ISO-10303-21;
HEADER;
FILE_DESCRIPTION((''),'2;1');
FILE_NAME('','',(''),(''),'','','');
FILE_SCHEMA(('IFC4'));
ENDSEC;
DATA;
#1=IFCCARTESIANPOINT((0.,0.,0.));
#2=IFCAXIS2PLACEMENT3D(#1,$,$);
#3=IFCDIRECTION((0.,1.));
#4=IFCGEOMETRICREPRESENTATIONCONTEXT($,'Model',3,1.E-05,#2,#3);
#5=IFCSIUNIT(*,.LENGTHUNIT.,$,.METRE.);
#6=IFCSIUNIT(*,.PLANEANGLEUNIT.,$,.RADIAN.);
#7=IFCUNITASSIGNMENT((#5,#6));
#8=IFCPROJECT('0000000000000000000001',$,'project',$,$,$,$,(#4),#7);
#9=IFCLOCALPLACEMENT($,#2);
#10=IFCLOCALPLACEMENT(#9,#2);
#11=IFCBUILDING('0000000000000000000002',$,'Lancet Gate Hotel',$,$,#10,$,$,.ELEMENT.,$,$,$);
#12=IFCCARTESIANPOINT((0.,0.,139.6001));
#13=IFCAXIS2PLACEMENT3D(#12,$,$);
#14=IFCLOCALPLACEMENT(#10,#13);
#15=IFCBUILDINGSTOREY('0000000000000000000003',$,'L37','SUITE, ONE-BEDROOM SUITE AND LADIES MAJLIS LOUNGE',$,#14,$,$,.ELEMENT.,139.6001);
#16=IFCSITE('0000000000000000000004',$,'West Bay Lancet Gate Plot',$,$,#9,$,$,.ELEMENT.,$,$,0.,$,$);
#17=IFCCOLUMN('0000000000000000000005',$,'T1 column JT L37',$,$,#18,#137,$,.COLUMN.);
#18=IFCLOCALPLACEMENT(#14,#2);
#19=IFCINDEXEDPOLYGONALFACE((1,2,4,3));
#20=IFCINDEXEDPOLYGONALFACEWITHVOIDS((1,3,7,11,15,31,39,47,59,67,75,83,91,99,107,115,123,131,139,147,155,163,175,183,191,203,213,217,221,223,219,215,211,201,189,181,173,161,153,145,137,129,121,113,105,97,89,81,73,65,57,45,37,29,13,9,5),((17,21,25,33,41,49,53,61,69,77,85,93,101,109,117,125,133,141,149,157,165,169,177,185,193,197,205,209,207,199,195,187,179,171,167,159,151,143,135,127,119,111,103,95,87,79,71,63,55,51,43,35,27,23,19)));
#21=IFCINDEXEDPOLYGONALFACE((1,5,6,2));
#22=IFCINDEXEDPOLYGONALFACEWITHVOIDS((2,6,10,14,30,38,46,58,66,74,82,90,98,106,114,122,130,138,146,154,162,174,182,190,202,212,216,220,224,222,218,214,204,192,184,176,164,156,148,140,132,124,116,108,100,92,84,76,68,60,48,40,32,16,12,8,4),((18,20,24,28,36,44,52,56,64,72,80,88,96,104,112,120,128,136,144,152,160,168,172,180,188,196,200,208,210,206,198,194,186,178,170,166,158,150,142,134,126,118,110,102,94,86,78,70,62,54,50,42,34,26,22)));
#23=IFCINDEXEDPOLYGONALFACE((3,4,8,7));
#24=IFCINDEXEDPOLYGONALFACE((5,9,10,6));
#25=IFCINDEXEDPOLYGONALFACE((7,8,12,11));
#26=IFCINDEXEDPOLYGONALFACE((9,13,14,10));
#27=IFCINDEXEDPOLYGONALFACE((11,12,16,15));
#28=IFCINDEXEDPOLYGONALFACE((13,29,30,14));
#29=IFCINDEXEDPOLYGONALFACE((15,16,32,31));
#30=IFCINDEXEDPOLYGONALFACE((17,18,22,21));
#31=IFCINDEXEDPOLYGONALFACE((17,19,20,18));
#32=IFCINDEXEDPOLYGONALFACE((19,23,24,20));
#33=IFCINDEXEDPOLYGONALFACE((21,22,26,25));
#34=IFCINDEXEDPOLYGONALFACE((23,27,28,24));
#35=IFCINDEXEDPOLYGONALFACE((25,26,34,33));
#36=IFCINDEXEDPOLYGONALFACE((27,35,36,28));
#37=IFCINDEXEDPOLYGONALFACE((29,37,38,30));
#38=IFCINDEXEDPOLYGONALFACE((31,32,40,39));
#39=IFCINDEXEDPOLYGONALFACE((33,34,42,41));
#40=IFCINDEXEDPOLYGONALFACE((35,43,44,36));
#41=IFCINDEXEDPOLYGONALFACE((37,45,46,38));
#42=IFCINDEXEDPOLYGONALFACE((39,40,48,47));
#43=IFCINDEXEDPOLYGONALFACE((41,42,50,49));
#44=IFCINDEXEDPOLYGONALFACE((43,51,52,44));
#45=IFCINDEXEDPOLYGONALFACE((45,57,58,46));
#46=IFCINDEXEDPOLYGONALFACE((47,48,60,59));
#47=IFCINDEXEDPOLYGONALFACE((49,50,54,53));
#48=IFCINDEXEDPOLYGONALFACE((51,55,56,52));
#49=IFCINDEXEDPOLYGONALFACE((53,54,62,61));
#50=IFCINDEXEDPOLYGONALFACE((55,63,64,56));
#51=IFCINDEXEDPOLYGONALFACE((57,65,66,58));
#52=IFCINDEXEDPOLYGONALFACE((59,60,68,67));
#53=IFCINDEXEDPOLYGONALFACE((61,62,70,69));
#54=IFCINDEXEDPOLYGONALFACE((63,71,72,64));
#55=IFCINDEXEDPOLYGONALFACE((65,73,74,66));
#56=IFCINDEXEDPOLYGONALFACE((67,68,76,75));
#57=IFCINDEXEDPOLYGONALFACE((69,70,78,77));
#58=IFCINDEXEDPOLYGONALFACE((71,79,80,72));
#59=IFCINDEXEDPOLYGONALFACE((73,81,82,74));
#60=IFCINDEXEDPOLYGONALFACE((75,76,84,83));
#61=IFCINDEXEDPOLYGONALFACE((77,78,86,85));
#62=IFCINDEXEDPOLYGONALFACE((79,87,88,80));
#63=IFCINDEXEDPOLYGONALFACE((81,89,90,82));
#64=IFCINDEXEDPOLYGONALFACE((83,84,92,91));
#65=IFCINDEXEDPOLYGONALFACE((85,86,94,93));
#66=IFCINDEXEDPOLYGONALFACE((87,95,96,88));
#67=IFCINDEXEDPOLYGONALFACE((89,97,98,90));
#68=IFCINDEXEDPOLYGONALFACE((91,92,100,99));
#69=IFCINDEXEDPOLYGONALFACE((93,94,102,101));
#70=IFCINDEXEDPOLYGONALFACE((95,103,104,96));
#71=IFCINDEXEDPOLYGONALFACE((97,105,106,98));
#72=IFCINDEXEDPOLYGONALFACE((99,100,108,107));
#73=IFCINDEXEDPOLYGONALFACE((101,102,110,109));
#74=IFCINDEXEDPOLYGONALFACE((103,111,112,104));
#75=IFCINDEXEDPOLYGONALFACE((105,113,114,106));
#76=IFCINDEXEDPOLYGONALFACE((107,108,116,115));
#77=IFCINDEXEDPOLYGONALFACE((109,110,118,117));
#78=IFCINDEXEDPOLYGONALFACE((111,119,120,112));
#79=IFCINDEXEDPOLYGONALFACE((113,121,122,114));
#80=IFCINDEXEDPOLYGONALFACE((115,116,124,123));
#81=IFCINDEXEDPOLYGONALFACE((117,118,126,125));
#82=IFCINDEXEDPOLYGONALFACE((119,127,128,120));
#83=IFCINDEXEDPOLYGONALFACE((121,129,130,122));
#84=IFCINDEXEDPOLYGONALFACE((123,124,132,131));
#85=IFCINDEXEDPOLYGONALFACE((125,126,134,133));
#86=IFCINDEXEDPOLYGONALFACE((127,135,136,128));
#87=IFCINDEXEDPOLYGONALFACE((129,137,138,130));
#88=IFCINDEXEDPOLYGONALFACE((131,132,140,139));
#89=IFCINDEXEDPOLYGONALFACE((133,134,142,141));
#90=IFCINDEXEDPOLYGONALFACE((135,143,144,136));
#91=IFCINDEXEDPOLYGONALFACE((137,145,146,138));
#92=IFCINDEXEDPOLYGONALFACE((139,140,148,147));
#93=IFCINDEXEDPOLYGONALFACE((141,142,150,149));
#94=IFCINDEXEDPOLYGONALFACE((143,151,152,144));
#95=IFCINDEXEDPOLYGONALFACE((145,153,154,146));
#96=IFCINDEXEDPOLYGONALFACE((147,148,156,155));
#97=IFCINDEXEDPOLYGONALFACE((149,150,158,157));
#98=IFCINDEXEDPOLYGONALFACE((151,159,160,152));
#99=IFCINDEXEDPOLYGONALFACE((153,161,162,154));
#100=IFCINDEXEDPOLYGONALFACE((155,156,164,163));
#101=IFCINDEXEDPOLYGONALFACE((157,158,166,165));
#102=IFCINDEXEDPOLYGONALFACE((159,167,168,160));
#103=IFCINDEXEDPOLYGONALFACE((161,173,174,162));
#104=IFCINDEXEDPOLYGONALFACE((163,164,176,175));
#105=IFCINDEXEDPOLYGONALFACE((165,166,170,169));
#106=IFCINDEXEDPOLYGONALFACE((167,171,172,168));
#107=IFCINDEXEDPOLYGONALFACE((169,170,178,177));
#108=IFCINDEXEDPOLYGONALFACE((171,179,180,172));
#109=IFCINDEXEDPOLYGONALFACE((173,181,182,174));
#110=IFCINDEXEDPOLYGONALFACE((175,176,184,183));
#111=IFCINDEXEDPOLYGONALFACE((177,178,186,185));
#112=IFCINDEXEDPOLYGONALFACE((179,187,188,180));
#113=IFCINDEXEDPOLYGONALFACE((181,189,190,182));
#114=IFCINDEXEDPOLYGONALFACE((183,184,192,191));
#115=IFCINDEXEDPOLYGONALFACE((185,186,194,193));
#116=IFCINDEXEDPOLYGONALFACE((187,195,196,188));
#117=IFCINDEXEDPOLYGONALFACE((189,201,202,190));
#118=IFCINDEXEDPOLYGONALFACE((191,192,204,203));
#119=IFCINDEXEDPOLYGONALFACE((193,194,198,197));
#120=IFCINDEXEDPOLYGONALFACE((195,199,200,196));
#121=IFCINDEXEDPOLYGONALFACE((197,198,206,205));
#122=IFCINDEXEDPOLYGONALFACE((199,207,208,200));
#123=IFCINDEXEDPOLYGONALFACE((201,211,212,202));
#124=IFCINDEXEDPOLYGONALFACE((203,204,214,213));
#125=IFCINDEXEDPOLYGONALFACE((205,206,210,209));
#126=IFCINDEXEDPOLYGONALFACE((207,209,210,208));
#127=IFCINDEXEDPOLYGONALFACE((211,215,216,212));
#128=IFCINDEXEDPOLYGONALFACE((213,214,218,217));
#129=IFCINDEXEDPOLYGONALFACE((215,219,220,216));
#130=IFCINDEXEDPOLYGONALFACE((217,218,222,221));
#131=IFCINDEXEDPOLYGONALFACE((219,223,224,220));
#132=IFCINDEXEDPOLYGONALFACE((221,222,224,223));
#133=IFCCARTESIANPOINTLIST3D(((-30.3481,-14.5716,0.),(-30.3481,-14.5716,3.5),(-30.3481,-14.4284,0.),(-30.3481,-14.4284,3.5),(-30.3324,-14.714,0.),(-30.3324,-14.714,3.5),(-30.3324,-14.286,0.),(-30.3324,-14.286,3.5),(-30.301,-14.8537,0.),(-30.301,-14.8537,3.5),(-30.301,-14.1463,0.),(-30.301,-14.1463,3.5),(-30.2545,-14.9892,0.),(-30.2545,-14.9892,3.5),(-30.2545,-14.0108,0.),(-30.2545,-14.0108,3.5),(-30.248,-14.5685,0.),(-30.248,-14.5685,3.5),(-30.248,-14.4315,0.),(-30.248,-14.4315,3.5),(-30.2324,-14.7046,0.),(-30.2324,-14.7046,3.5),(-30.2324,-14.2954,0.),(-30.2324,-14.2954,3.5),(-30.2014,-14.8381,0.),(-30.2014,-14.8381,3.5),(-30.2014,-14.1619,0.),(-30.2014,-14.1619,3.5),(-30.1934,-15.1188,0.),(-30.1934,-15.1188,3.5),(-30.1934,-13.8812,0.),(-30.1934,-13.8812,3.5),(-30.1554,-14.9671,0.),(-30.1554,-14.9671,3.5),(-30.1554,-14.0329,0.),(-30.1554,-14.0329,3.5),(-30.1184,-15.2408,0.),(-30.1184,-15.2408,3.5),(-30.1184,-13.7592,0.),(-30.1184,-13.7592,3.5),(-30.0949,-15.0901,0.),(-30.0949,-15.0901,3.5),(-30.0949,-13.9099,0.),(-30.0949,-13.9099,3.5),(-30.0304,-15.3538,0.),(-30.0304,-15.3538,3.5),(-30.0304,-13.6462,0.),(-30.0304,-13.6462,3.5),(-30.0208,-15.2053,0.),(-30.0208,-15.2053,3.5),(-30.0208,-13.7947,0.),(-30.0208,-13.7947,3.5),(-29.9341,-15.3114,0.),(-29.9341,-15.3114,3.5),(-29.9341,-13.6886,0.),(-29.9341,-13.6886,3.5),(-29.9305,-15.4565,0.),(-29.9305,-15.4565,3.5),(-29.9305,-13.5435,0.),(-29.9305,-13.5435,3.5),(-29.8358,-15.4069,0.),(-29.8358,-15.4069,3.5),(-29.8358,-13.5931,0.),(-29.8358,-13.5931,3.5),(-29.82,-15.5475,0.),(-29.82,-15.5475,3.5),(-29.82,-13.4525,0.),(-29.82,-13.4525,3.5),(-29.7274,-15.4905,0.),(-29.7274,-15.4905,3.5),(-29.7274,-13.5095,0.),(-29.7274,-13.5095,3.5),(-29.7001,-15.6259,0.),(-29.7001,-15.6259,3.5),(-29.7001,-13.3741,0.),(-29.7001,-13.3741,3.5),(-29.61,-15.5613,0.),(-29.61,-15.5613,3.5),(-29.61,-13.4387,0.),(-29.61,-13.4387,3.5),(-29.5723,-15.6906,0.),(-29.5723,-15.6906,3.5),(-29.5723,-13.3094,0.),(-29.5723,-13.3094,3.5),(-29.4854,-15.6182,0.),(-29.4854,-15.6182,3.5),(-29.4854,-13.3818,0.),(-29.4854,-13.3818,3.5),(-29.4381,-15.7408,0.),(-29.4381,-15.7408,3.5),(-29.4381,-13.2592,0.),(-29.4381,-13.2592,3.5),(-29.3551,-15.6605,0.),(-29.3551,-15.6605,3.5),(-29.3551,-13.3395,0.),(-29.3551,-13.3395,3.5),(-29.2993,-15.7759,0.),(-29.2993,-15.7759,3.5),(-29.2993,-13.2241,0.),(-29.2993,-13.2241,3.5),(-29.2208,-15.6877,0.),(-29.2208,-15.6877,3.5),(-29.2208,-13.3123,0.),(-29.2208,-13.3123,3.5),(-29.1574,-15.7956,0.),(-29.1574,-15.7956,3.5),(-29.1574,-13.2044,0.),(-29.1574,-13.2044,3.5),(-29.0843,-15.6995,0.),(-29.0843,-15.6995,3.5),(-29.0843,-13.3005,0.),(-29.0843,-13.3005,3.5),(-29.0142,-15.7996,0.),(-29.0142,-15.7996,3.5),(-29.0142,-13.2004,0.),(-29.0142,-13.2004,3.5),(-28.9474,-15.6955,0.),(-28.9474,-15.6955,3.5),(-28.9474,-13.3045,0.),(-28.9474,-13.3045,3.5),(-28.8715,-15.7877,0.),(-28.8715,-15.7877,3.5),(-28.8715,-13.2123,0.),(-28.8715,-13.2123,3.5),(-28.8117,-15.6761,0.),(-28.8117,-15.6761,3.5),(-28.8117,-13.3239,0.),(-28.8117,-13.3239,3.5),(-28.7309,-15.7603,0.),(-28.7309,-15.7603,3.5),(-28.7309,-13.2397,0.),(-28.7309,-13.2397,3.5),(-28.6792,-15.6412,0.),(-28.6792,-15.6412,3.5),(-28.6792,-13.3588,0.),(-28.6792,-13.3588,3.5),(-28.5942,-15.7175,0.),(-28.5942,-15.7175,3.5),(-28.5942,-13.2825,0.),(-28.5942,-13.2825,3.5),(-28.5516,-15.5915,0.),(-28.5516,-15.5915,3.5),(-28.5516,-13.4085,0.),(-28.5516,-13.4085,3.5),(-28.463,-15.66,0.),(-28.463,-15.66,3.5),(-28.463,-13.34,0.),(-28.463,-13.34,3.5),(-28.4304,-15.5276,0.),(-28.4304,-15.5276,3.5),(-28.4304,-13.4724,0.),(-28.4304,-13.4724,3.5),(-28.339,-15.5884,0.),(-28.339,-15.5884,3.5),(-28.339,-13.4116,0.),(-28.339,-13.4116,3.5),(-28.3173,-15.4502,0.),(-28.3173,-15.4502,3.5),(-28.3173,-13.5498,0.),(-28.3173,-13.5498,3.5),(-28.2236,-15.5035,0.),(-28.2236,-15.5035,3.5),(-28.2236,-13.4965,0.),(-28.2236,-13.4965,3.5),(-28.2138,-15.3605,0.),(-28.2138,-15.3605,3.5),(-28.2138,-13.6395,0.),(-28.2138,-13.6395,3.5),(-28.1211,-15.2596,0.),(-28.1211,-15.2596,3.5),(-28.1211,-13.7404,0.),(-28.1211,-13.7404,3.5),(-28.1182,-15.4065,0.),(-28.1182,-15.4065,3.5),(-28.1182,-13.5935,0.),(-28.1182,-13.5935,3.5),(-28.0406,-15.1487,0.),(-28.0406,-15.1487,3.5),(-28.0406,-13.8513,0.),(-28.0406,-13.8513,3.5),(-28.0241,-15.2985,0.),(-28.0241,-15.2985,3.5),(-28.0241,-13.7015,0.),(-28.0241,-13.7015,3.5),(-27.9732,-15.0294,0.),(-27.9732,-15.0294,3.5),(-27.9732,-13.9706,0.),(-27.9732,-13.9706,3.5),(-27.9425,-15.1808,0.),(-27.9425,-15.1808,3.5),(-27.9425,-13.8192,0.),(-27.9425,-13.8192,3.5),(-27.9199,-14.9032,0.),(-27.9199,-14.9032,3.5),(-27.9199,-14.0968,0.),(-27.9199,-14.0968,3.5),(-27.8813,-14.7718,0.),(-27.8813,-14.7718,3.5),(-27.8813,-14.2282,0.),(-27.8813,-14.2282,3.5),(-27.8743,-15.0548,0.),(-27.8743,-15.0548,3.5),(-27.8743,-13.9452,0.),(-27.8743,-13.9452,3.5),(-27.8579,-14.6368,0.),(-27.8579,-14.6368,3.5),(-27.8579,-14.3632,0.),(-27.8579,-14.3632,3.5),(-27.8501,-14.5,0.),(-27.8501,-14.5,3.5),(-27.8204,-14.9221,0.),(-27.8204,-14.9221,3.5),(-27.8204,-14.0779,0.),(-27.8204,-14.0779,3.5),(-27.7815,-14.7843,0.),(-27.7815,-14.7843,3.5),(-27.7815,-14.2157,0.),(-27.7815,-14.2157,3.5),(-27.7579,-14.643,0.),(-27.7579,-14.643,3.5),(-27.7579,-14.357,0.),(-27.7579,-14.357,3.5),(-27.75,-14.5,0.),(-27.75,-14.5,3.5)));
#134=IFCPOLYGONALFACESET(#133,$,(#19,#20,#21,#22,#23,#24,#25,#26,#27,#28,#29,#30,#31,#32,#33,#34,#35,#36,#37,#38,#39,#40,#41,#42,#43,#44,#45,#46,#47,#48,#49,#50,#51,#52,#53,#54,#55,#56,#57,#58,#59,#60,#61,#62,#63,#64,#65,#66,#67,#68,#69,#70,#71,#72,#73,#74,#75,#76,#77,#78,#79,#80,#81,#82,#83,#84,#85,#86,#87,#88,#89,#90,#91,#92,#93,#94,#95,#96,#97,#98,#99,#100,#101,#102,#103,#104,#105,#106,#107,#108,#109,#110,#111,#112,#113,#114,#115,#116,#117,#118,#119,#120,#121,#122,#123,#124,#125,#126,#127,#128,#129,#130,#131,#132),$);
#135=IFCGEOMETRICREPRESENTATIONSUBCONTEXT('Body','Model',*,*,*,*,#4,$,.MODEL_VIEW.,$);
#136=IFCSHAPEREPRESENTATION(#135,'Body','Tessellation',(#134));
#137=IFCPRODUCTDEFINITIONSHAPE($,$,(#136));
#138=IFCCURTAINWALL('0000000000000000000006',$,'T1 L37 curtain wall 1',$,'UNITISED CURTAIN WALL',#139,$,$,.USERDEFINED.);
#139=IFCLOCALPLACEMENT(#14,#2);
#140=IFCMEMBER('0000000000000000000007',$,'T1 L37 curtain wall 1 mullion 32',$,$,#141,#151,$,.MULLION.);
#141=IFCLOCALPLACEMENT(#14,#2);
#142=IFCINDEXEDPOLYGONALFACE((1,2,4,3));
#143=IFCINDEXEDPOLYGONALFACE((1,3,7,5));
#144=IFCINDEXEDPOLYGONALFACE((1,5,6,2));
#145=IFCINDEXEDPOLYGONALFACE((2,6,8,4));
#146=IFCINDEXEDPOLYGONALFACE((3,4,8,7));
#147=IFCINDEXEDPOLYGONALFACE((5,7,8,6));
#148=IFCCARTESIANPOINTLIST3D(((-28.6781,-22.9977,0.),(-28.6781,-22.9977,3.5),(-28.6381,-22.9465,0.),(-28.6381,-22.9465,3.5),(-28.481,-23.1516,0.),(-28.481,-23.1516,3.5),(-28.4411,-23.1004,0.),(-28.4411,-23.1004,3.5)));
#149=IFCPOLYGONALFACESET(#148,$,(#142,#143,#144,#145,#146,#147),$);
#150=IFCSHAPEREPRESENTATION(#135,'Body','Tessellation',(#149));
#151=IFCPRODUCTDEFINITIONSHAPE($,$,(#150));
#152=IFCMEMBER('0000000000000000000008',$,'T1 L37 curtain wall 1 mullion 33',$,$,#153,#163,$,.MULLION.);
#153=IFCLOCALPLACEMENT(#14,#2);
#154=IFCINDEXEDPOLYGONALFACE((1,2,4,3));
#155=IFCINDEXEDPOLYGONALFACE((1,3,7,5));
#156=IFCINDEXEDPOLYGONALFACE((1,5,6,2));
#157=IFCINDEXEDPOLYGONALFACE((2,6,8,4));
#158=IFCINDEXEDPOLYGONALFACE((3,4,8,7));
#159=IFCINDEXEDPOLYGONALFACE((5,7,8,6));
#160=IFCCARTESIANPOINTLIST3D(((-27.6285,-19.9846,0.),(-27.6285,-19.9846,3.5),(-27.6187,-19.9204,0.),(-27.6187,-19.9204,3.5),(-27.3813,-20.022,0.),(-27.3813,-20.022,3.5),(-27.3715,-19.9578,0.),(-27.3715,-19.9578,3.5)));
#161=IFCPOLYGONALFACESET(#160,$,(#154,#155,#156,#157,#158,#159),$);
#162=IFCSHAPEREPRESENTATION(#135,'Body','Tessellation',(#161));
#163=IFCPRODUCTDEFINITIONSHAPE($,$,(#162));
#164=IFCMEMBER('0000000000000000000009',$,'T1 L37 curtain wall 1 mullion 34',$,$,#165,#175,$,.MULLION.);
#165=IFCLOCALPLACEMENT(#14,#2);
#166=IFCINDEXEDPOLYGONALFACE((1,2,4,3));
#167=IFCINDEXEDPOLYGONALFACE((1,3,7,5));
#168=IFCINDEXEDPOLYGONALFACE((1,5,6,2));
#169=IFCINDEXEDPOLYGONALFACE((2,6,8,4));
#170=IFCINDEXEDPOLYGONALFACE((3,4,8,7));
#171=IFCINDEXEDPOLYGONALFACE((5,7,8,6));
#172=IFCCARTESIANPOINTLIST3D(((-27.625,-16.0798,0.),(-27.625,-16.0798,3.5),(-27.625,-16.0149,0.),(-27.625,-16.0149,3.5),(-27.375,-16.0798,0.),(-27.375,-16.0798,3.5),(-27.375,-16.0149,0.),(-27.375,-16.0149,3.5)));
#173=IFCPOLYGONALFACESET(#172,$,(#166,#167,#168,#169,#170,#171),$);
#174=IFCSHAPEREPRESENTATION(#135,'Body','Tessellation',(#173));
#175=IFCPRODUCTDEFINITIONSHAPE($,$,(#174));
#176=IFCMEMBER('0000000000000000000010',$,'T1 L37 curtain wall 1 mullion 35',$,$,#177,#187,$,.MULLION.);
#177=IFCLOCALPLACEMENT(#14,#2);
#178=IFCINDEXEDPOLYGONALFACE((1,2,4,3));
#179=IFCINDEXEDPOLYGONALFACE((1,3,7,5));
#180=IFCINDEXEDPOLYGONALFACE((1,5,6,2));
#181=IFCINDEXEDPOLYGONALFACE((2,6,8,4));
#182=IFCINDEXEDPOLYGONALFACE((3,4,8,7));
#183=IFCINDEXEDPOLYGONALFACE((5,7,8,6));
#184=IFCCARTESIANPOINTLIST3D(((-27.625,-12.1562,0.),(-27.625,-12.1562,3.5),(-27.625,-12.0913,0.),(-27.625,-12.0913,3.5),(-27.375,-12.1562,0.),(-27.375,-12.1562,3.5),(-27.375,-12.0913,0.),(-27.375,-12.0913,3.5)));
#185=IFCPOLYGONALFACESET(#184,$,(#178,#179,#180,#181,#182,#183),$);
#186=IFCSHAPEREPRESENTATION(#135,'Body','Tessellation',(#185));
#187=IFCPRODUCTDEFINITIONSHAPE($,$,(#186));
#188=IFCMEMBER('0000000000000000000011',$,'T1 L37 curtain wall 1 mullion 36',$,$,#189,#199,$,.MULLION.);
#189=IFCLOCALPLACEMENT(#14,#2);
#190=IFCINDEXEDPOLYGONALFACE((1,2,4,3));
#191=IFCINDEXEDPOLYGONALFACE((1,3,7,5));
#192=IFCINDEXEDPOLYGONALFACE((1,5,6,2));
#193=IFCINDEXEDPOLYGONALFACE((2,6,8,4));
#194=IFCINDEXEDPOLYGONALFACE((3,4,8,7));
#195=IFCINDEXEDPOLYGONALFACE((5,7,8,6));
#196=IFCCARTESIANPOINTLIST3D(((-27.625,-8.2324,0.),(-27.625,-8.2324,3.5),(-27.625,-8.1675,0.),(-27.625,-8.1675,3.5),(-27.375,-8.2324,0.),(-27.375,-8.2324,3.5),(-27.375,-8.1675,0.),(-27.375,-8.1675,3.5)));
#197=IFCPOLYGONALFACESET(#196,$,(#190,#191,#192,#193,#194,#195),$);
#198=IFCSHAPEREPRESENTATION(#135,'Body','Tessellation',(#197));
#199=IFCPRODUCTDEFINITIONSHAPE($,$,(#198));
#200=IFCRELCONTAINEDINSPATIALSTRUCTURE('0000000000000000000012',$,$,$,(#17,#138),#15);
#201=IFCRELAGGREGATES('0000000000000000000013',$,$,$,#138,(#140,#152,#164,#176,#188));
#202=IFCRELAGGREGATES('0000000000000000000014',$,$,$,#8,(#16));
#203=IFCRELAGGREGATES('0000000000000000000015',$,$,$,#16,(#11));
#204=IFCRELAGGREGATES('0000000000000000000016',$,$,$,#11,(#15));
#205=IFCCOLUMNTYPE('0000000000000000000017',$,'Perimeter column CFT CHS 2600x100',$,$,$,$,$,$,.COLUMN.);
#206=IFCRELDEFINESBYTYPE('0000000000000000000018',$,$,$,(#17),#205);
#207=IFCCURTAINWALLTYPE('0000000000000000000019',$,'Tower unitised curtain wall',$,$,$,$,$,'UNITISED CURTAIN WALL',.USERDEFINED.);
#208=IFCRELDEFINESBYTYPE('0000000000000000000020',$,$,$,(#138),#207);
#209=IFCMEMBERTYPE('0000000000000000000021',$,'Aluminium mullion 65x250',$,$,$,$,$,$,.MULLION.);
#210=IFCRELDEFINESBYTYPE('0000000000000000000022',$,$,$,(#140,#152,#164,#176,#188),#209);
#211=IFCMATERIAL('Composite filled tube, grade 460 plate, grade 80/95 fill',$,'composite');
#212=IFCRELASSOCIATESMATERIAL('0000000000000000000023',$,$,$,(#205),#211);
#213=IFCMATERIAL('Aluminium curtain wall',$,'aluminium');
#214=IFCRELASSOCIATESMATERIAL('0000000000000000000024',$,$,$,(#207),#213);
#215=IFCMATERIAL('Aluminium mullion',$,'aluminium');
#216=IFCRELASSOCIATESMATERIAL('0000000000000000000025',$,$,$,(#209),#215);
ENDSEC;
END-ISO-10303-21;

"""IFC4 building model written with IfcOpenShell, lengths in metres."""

from ifc_helpers import new_model, si_unit, direction, frame, origin, origin_2d, place, context, subcontext, project, spatial, rectangle, hollow_circle, extrude, material, material_profile, profile_set, type_object, element, aggregate, save


model = new_model("IFC4")

# Units and contexts
model_context = context("Model", 3, precision=1e-05, world=origin(), true_north=direction((0.0, 1.0)))
body_context = subcontext(model_context, "Body", "Model", "MODEL_VIEW")
ifc_project = project(units=[si_unit("LENGTHUNIT", "METRE"), si_unit("PLANEANGLEUNIT", "RADIAN")], contexts=[model_context])

# Site, building, storey
site_placement = place(None, origin())
site = spatial("IfcSite", under=ifc_project, at=site_placement, Name="West Bay Lancet Gate Plot", CompositionType="ELEMENT", RefElevation=0.0)
building_placement = place(site_placement, origin())
building = spatial("IfcBuilding", under=site, at=building_placement, Name="Lancet Gate Hotel", CompositionType="ELEMENT")
storey_placement = place(building_placement, frame((0.0, 0.0, 139.6001)))
storey = spatial("IfcBuildingStorey", under=building, at=storey_placement, Name="L37", Description="SUITE, ONE-BEDROOM SUITE AND LADIES MAJLIS LOUNGE", CompositionType="ELEMENT", Elevation=139.6001)

# Column
ifc_material_1 = material(Name="Composite filled tube, grade 460 plate, grade 80/95 fill", Category="composite")
ifc_material_profile_1 = material_profile(ifc_material_1, hollow_circle(Radius=1.3, WallThickness=0.1001, at=origin_2d()), Name="CHS 2600x100")
ifc_profile_set_1 = profile_set([ifc_material_profile_1], Name="Composite filled tube, grade 460 plate, grade 80/95 fill")
column_type = type_object("IfcColumnType", Name="Perimeter column CFT CHS 2600x100", PredefinedType="COLUMN", material=ifc_profile_set_1)
for number, where, z_axis, x_axis, name in (
    (1, (-29.05, -14.5, 0.0), (0.0, 0.0, 1.0), (1.0, 0.0, 0.0), "T1 column JT L37"),
):
    element("IfcColumn", number, at=place(storey_placement, frame(where, z_axis=z_axis, x_axis=x_axis)), inside=storey, type_object=column_type, Name=name, PredefinedType="COLUMN", context=body_context, shape_type="SweptSolid", body=[
        extrude(hollow_circle(Radius=1.3, WallThickness=0.1001, at=origin_2d()), origin(), (0.0, 0.0, 1.0), 3.5),
    ])

# Curtain wall, members
ifc_material_2 = material(Name="Aluminium curtain wall", Category="aluminium")
curtain_wall_type = type_object("IfcCurtainWallType", Name="Tower unitised curtain wall", ElementType="UNITISED CURTAIN WALL", PredefinedType="USERDEFINED", material=ifc_material_2)
curtain_wall_placement = place(storey_placement, origin())
curtain_wall = element("IfcCurtainWall", 2, at=curtain_wall_placement, inside=storey, type_object=curtain_wall_type, Name="T1 L37 curtain wall 1", ObjectType="UNITISED CURTAIN WALL", PredefinedType="USERDEFINED")
ifc_material_3 = material(Name="Aluminium mullion", Category="aluminium")
ifc_material_profile_2 = material_profile(ifc_material_3, rectangle(XDim=0.0649, YDim=0.25, at=origin_2d()), Name="MULLION 65x250")
ifc_profile_set_2 = profile_set([ifc_material_profile_2], Name="Aluminium mullion")
member_type_1 = type_object("IfcMemberType", Name="Aluminium mullion 65x250", PredefinedType="MULLION", material=ifc_profile_set_2)
member_1_placement = place(storey_placement, frame((-28.5596, -23.0491, 0.0), z_axis=(0.0, 0.0, 1.0), x_axis=(0.615574, 0.788079, 0.0)))
member_1 = element("IfcMember", 3, at=member_1_placement, type_object=member_type_1, Name="T1 L37 curtain wall 1 mullion 32", PredefinedType="MULLION", context=body_context, shape_type="SweptSolid", body=[
    extrude(rectangle(XDim=0.0649, YDim=0.25, at=origin_2d()), origin(), (0.0, 0.0, 1.0), 3.5),
])
member_2_placement = place(storey_placement, frame((-27.5, -19.9712, 0.0), z_axis=(0.0, 0.0, 1.0), x_axis=(0.149634, 0.988741, 0.0)))
member_2 = element("IfcMember", 4, at=member_2_placement, type_object=member_type_1, Name="T1 L37 curtain wall 1 mullion 33", PredefinedType="MULLION", context=body_context, shape_type="SweptSolid", body=[
    extrude(rectangle(XDim=0.0649, YDim=0.25, at=origin_2d()), origin(), (0.0, 0.0, 1.0), 3.5),
])
member_3_placement = place(storey_placement, frame((-27.5, -16.0474, 0.0), z_axis=(0.0, 0.0, 1.0), x_axis=(0.0, 1.0, 0.0)))
member_3 = element("IfcMember", 5, at=member_3_placement, type_object=member_type_1, Name="T1 L37 curtain wall 1 mullion 34", PredefinedType="MULLION", context=body_context, shape_type="SweptSolid", body=[
    extrude(rectangle(XDim=0.0649, YDim=0.25, at=origin_2d()), origin(), (0.0, 0.0, 1.0), 3.5),
])
member_4_placement = place(storey_placement, frame((-27.5, -12.1238, 0.0), z_axis=(0.0, 0.0, 1.0), x_axis=(0.0, 1.0, 0.0)))
member_4 = element("IfcMember", 6, at=member_4_placement, type_object=member_type_1, Name="T1 L37 curtain wall 1 mullion 35", PredefinedType="MULLION", context=body_context, shape_type="SweptSolid", body=[
    extrude(rectangle(XDim=0.0649, YDim=0.25, at=origin_2d()), origin(), (0.0, 0.0, 1.0), 3.5),
])
member_5_placement = place(storey_placement, frame((-27.5, -8.2, 0.0), z_axis=(0.0, 0.0, 1.0), x_axis=(0.0, 1.0, 0.0)))
member_5 = element("IfcMember", 7, at=member_5_placement, type_object=member_type_1, Name="T1 L37 curtain wall 1 mullion 36", PredefinedType="MULLION", context=body_context, shape_type="SweptSolid", body=[
    extrude(rectangle(XDim=0.0649, YDim=0.25, at=origin_2d()), origin(), (0.0, 0.0, 1.0), 3.5),
])

aggregate(curtain_wall, [member_1, member_2, member_3, member_4, member_5])

save(model, "model.ifc")
